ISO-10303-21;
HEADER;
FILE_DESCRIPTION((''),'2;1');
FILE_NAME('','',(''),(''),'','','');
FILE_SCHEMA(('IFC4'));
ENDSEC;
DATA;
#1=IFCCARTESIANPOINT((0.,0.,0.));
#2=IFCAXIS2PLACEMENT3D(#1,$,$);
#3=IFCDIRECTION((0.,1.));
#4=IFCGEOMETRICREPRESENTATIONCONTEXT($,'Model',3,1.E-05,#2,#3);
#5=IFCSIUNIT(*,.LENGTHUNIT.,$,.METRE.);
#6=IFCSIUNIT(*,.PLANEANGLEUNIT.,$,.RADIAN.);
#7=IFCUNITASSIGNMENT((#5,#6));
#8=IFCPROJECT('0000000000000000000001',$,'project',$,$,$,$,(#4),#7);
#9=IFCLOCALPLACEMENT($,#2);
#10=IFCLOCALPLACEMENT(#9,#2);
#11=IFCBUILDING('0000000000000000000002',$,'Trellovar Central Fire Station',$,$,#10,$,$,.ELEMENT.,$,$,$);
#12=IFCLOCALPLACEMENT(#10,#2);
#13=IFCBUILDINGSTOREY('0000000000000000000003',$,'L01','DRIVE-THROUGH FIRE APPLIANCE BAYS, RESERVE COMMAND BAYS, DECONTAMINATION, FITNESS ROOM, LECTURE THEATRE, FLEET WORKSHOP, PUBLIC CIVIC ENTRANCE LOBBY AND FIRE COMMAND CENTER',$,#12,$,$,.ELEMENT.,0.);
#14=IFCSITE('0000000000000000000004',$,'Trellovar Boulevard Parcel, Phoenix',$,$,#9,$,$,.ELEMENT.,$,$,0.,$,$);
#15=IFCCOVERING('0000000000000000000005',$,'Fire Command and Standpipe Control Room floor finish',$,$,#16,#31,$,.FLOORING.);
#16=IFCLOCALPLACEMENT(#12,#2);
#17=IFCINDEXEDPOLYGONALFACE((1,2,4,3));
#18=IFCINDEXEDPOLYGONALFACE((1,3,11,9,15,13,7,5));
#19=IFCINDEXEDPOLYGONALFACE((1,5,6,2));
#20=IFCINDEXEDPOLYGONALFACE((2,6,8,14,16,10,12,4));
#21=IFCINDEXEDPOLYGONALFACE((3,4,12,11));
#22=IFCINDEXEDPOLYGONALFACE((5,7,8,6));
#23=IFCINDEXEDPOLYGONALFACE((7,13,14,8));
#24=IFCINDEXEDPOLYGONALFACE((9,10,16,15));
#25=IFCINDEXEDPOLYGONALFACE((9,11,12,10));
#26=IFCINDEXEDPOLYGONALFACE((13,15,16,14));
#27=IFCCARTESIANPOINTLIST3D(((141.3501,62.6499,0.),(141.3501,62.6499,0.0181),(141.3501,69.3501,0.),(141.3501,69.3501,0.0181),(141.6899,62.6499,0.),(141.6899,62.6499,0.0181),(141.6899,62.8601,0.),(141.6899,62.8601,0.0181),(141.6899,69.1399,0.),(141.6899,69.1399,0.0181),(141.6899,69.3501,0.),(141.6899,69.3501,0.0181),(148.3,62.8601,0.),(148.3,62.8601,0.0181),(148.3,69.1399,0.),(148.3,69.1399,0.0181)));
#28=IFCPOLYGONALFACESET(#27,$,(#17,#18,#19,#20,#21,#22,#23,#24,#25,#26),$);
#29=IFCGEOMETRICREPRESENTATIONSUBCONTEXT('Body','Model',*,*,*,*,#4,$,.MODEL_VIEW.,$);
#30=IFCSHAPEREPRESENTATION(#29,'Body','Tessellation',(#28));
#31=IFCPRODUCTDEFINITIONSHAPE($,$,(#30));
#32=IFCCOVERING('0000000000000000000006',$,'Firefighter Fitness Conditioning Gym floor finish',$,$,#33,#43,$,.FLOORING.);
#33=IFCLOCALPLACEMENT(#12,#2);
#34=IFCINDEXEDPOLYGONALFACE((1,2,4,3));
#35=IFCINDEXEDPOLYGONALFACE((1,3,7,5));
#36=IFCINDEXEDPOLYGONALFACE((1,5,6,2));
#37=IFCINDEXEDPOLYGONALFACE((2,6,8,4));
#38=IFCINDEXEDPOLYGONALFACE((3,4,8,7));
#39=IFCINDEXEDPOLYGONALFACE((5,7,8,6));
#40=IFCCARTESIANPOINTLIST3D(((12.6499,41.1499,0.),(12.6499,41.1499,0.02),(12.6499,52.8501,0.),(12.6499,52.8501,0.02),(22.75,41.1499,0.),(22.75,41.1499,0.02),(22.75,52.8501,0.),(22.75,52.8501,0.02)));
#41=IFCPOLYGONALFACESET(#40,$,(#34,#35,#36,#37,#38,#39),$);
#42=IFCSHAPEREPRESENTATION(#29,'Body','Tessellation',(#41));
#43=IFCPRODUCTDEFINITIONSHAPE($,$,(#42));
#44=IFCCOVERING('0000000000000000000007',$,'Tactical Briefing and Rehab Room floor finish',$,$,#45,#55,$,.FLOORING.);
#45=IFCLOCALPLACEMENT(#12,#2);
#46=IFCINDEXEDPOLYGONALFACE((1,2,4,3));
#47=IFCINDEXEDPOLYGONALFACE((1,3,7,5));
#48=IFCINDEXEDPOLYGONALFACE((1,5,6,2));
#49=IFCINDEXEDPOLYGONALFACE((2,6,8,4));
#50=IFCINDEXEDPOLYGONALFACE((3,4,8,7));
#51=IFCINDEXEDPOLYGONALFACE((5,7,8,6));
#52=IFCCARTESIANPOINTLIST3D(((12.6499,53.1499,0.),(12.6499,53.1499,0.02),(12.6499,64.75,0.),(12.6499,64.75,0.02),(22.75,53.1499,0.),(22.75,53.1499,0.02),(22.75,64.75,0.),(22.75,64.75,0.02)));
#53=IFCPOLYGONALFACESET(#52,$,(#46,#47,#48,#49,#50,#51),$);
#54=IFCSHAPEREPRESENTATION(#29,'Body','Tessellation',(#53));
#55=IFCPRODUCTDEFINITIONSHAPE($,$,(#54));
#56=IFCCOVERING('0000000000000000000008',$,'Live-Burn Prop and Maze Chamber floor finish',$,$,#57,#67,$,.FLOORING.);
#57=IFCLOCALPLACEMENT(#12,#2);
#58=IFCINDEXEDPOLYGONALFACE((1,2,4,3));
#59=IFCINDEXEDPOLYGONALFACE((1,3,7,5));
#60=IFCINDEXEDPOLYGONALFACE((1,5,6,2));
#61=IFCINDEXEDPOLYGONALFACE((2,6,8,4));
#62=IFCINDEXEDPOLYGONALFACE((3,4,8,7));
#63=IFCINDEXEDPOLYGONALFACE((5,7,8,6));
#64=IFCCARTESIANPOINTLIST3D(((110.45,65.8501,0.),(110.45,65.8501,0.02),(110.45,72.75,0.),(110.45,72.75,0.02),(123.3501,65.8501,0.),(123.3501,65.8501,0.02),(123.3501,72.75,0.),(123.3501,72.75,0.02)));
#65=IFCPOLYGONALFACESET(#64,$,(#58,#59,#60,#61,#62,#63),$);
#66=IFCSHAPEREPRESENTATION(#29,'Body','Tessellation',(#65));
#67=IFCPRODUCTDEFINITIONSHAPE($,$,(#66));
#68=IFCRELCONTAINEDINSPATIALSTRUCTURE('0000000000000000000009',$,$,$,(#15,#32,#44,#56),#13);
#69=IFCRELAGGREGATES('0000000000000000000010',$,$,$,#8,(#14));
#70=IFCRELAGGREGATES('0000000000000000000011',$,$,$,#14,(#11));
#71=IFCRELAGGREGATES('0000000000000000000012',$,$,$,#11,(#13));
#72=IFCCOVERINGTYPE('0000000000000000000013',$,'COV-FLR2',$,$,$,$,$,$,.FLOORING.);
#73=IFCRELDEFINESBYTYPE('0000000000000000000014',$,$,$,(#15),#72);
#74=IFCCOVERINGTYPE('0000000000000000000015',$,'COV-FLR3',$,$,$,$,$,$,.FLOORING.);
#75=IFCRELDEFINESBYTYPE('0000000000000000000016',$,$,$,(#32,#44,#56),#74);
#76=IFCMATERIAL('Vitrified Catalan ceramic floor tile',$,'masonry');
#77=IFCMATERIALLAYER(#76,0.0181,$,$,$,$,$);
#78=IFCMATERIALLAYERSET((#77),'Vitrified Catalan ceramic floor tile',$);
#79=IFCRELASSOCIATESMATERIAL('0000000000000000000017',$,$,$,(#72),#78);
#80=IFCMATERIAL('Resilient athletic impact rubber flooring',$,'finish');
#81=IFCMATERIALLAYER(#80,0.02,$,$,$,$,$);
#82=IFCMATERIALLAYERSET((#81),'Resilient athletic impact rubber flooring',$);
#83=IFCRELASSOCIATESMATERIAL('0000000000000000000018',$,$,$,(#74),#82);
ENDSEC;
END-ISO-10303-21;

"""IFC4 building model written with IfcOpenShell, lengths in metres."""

from ifc_helpers import new_model, si_unit, direction, origin, place, context, subcontext, project, spatial, polyline, outline, extrude, material, layer, layer_set, type_object, element, save


model = new_model("IFC4")

# Units and contexts
model_context = context("Model", 3, precision=1e-05, world=origin(), true_north=direction((0.0, 1.0)))
body_context = subcontext(model_context, "Body", "Model", "MODEL_VIEW")
ifc_project = project(units=[si_unit("LENGTHUNIT", "METRE"), si_unit("PLANEANGLEUNIT", "RADIAN")], contexts=[model_context])

# Site, building, storey
site_placement = place(None, origin())
site = spatial("IfcSite", under=ifc_project, at=site_placement, Name="Trellovar Boulevard Parcel, Phoenix", CompositionType="ELEMENT", RefElevation=0.0)
building_placement = place(site_placement, origin())
building = spatial("IfcBuilding", under=site, at=building_placement, Name="Trellovar Central Fire Station", CompositionType="ELEMENT")
storey_placement = place(building_placement, origin())
storey = spatial("IfcBuildingStorey", under=building, at=storey_placement, Name="L01", Description="DRIVE-THROUGH FIRE APPLIANCE BAYS, RESERVE COMMAND BAYS, DECONTAMINATION, FITNESS ROOM, LECTURE THEATRE, FLEET WORKSHOP, PUBLIC CIVIC ENTRANCE LOBBY AND FIRE COMMAND CENTER", CompositionType="ELEMENT", Elevation=0.0)

# Coverings
ifc_material_1 = material(Name="Vitrified Catalan ceramic floor tile", Category="masonry")
ifc_layer_1 = layer(ifc_material_1, 0.0181)
ifc_layer_set_1 = layer_set([ifc_layer_1], Name="Vitrified Catalan ceramic floor tile")
covering_type_1 = type_object("IfcCoveringType", Name="COV-FLR2", PredefinedType="FLOORING", material=ifc_layer_set_1)
covering_1_placement = place(storey_placement, origin())
element("IfcCovering", 1, at=covering_1_placement, inside=storey, type_object=covering_type_1, Name="Fire Command and Standpipe Control Room floor finish", PredefinedType="FLOORING", context=body_context, shape_type="SweptSolid", body=[
    extrude(outline(polyline([(141.6899, 69.1399), (148.3, 69.1399), (148.3, 62.8601), (141.6899, 62.8601), (141.6899, 62.6499), (141.3501, 62.6499), (141.3501, 69.3501), (141.6899, 69.3501), (141.6899, 69.1399)])), origin(), (0.0, 0.0, 1.0), 0.0181),
])
ifc_material_2 = material(Name="Resilient athletic impact rubber flooring", Category="finish")
ifc_layer_2 = layer(ifc_material_2, 0.02)
ifc_layer_set_2 = layer_set([ifc_layer_2], Name="Resilient athletic impact rubber flooring")
covering_type_2 = type_object("IfcCoveringType", Name="COV-FLR3", PredefinedType="FLOORING", material=ifc_layer_set_2)
covering_2_placement = place(storey_placement, origin())
element("IfcCovering", 2, at=covering_2_placement, inside=storey, type_object=covering_type_2, Name="Firefighter Fitness Conditioning Gym floor finish", PredefinedType="FLOORING", context=body_context, shape_type="SweptSolid", body=[
    extrude(outline(polyline([(22.75, 41.1499), (12.6499, 41.1499), (12.6499, 52.8501), (22.75, 52.8501), (22.75, 41.1499)])), origin(), (0.0, 0.0, 1.0), 0.02),
])
covering_3_placement = place(storey_placement, origin())
element("IfcCovering", 3, at=covering_3_placement, inside=storey, type_object=covering_type_2, Name="Tactical Briefing and Rehab Room floor finish", PredefinedType="FLOORING", context=body_context, shape_type="SweptSolid", body=[
    extrude(outline(polyline([(22.75, 53.1499), (12.6499, 53.1499), (12.6499, 64.75), (22.75, 64.75), (22.75, 53.1499)])), origin(), (0.0, 0.0, 1.0), 0.02),
])
covering_4_placement = place(storey_placement, origin())
element("IfcCovering", 4, at=covering_4_placement, inside=storey, type_object=covering_type_2, Name="Live-Burn Prop and Maze Chamber floor finish", PredefinedType="FLOORING", context=body_context, shape_type="SweptSolid", body=[
    extrude(outline(polyline([(123.3501, 65.8501), (110.45, 65.8501), (110.45, 72.75), (123.3501, 72.75), (123.3501, 65.8501)])), origin(), (0.0, 0.0, 1.0), 0.02),
])

save(model, "model.ifc")
